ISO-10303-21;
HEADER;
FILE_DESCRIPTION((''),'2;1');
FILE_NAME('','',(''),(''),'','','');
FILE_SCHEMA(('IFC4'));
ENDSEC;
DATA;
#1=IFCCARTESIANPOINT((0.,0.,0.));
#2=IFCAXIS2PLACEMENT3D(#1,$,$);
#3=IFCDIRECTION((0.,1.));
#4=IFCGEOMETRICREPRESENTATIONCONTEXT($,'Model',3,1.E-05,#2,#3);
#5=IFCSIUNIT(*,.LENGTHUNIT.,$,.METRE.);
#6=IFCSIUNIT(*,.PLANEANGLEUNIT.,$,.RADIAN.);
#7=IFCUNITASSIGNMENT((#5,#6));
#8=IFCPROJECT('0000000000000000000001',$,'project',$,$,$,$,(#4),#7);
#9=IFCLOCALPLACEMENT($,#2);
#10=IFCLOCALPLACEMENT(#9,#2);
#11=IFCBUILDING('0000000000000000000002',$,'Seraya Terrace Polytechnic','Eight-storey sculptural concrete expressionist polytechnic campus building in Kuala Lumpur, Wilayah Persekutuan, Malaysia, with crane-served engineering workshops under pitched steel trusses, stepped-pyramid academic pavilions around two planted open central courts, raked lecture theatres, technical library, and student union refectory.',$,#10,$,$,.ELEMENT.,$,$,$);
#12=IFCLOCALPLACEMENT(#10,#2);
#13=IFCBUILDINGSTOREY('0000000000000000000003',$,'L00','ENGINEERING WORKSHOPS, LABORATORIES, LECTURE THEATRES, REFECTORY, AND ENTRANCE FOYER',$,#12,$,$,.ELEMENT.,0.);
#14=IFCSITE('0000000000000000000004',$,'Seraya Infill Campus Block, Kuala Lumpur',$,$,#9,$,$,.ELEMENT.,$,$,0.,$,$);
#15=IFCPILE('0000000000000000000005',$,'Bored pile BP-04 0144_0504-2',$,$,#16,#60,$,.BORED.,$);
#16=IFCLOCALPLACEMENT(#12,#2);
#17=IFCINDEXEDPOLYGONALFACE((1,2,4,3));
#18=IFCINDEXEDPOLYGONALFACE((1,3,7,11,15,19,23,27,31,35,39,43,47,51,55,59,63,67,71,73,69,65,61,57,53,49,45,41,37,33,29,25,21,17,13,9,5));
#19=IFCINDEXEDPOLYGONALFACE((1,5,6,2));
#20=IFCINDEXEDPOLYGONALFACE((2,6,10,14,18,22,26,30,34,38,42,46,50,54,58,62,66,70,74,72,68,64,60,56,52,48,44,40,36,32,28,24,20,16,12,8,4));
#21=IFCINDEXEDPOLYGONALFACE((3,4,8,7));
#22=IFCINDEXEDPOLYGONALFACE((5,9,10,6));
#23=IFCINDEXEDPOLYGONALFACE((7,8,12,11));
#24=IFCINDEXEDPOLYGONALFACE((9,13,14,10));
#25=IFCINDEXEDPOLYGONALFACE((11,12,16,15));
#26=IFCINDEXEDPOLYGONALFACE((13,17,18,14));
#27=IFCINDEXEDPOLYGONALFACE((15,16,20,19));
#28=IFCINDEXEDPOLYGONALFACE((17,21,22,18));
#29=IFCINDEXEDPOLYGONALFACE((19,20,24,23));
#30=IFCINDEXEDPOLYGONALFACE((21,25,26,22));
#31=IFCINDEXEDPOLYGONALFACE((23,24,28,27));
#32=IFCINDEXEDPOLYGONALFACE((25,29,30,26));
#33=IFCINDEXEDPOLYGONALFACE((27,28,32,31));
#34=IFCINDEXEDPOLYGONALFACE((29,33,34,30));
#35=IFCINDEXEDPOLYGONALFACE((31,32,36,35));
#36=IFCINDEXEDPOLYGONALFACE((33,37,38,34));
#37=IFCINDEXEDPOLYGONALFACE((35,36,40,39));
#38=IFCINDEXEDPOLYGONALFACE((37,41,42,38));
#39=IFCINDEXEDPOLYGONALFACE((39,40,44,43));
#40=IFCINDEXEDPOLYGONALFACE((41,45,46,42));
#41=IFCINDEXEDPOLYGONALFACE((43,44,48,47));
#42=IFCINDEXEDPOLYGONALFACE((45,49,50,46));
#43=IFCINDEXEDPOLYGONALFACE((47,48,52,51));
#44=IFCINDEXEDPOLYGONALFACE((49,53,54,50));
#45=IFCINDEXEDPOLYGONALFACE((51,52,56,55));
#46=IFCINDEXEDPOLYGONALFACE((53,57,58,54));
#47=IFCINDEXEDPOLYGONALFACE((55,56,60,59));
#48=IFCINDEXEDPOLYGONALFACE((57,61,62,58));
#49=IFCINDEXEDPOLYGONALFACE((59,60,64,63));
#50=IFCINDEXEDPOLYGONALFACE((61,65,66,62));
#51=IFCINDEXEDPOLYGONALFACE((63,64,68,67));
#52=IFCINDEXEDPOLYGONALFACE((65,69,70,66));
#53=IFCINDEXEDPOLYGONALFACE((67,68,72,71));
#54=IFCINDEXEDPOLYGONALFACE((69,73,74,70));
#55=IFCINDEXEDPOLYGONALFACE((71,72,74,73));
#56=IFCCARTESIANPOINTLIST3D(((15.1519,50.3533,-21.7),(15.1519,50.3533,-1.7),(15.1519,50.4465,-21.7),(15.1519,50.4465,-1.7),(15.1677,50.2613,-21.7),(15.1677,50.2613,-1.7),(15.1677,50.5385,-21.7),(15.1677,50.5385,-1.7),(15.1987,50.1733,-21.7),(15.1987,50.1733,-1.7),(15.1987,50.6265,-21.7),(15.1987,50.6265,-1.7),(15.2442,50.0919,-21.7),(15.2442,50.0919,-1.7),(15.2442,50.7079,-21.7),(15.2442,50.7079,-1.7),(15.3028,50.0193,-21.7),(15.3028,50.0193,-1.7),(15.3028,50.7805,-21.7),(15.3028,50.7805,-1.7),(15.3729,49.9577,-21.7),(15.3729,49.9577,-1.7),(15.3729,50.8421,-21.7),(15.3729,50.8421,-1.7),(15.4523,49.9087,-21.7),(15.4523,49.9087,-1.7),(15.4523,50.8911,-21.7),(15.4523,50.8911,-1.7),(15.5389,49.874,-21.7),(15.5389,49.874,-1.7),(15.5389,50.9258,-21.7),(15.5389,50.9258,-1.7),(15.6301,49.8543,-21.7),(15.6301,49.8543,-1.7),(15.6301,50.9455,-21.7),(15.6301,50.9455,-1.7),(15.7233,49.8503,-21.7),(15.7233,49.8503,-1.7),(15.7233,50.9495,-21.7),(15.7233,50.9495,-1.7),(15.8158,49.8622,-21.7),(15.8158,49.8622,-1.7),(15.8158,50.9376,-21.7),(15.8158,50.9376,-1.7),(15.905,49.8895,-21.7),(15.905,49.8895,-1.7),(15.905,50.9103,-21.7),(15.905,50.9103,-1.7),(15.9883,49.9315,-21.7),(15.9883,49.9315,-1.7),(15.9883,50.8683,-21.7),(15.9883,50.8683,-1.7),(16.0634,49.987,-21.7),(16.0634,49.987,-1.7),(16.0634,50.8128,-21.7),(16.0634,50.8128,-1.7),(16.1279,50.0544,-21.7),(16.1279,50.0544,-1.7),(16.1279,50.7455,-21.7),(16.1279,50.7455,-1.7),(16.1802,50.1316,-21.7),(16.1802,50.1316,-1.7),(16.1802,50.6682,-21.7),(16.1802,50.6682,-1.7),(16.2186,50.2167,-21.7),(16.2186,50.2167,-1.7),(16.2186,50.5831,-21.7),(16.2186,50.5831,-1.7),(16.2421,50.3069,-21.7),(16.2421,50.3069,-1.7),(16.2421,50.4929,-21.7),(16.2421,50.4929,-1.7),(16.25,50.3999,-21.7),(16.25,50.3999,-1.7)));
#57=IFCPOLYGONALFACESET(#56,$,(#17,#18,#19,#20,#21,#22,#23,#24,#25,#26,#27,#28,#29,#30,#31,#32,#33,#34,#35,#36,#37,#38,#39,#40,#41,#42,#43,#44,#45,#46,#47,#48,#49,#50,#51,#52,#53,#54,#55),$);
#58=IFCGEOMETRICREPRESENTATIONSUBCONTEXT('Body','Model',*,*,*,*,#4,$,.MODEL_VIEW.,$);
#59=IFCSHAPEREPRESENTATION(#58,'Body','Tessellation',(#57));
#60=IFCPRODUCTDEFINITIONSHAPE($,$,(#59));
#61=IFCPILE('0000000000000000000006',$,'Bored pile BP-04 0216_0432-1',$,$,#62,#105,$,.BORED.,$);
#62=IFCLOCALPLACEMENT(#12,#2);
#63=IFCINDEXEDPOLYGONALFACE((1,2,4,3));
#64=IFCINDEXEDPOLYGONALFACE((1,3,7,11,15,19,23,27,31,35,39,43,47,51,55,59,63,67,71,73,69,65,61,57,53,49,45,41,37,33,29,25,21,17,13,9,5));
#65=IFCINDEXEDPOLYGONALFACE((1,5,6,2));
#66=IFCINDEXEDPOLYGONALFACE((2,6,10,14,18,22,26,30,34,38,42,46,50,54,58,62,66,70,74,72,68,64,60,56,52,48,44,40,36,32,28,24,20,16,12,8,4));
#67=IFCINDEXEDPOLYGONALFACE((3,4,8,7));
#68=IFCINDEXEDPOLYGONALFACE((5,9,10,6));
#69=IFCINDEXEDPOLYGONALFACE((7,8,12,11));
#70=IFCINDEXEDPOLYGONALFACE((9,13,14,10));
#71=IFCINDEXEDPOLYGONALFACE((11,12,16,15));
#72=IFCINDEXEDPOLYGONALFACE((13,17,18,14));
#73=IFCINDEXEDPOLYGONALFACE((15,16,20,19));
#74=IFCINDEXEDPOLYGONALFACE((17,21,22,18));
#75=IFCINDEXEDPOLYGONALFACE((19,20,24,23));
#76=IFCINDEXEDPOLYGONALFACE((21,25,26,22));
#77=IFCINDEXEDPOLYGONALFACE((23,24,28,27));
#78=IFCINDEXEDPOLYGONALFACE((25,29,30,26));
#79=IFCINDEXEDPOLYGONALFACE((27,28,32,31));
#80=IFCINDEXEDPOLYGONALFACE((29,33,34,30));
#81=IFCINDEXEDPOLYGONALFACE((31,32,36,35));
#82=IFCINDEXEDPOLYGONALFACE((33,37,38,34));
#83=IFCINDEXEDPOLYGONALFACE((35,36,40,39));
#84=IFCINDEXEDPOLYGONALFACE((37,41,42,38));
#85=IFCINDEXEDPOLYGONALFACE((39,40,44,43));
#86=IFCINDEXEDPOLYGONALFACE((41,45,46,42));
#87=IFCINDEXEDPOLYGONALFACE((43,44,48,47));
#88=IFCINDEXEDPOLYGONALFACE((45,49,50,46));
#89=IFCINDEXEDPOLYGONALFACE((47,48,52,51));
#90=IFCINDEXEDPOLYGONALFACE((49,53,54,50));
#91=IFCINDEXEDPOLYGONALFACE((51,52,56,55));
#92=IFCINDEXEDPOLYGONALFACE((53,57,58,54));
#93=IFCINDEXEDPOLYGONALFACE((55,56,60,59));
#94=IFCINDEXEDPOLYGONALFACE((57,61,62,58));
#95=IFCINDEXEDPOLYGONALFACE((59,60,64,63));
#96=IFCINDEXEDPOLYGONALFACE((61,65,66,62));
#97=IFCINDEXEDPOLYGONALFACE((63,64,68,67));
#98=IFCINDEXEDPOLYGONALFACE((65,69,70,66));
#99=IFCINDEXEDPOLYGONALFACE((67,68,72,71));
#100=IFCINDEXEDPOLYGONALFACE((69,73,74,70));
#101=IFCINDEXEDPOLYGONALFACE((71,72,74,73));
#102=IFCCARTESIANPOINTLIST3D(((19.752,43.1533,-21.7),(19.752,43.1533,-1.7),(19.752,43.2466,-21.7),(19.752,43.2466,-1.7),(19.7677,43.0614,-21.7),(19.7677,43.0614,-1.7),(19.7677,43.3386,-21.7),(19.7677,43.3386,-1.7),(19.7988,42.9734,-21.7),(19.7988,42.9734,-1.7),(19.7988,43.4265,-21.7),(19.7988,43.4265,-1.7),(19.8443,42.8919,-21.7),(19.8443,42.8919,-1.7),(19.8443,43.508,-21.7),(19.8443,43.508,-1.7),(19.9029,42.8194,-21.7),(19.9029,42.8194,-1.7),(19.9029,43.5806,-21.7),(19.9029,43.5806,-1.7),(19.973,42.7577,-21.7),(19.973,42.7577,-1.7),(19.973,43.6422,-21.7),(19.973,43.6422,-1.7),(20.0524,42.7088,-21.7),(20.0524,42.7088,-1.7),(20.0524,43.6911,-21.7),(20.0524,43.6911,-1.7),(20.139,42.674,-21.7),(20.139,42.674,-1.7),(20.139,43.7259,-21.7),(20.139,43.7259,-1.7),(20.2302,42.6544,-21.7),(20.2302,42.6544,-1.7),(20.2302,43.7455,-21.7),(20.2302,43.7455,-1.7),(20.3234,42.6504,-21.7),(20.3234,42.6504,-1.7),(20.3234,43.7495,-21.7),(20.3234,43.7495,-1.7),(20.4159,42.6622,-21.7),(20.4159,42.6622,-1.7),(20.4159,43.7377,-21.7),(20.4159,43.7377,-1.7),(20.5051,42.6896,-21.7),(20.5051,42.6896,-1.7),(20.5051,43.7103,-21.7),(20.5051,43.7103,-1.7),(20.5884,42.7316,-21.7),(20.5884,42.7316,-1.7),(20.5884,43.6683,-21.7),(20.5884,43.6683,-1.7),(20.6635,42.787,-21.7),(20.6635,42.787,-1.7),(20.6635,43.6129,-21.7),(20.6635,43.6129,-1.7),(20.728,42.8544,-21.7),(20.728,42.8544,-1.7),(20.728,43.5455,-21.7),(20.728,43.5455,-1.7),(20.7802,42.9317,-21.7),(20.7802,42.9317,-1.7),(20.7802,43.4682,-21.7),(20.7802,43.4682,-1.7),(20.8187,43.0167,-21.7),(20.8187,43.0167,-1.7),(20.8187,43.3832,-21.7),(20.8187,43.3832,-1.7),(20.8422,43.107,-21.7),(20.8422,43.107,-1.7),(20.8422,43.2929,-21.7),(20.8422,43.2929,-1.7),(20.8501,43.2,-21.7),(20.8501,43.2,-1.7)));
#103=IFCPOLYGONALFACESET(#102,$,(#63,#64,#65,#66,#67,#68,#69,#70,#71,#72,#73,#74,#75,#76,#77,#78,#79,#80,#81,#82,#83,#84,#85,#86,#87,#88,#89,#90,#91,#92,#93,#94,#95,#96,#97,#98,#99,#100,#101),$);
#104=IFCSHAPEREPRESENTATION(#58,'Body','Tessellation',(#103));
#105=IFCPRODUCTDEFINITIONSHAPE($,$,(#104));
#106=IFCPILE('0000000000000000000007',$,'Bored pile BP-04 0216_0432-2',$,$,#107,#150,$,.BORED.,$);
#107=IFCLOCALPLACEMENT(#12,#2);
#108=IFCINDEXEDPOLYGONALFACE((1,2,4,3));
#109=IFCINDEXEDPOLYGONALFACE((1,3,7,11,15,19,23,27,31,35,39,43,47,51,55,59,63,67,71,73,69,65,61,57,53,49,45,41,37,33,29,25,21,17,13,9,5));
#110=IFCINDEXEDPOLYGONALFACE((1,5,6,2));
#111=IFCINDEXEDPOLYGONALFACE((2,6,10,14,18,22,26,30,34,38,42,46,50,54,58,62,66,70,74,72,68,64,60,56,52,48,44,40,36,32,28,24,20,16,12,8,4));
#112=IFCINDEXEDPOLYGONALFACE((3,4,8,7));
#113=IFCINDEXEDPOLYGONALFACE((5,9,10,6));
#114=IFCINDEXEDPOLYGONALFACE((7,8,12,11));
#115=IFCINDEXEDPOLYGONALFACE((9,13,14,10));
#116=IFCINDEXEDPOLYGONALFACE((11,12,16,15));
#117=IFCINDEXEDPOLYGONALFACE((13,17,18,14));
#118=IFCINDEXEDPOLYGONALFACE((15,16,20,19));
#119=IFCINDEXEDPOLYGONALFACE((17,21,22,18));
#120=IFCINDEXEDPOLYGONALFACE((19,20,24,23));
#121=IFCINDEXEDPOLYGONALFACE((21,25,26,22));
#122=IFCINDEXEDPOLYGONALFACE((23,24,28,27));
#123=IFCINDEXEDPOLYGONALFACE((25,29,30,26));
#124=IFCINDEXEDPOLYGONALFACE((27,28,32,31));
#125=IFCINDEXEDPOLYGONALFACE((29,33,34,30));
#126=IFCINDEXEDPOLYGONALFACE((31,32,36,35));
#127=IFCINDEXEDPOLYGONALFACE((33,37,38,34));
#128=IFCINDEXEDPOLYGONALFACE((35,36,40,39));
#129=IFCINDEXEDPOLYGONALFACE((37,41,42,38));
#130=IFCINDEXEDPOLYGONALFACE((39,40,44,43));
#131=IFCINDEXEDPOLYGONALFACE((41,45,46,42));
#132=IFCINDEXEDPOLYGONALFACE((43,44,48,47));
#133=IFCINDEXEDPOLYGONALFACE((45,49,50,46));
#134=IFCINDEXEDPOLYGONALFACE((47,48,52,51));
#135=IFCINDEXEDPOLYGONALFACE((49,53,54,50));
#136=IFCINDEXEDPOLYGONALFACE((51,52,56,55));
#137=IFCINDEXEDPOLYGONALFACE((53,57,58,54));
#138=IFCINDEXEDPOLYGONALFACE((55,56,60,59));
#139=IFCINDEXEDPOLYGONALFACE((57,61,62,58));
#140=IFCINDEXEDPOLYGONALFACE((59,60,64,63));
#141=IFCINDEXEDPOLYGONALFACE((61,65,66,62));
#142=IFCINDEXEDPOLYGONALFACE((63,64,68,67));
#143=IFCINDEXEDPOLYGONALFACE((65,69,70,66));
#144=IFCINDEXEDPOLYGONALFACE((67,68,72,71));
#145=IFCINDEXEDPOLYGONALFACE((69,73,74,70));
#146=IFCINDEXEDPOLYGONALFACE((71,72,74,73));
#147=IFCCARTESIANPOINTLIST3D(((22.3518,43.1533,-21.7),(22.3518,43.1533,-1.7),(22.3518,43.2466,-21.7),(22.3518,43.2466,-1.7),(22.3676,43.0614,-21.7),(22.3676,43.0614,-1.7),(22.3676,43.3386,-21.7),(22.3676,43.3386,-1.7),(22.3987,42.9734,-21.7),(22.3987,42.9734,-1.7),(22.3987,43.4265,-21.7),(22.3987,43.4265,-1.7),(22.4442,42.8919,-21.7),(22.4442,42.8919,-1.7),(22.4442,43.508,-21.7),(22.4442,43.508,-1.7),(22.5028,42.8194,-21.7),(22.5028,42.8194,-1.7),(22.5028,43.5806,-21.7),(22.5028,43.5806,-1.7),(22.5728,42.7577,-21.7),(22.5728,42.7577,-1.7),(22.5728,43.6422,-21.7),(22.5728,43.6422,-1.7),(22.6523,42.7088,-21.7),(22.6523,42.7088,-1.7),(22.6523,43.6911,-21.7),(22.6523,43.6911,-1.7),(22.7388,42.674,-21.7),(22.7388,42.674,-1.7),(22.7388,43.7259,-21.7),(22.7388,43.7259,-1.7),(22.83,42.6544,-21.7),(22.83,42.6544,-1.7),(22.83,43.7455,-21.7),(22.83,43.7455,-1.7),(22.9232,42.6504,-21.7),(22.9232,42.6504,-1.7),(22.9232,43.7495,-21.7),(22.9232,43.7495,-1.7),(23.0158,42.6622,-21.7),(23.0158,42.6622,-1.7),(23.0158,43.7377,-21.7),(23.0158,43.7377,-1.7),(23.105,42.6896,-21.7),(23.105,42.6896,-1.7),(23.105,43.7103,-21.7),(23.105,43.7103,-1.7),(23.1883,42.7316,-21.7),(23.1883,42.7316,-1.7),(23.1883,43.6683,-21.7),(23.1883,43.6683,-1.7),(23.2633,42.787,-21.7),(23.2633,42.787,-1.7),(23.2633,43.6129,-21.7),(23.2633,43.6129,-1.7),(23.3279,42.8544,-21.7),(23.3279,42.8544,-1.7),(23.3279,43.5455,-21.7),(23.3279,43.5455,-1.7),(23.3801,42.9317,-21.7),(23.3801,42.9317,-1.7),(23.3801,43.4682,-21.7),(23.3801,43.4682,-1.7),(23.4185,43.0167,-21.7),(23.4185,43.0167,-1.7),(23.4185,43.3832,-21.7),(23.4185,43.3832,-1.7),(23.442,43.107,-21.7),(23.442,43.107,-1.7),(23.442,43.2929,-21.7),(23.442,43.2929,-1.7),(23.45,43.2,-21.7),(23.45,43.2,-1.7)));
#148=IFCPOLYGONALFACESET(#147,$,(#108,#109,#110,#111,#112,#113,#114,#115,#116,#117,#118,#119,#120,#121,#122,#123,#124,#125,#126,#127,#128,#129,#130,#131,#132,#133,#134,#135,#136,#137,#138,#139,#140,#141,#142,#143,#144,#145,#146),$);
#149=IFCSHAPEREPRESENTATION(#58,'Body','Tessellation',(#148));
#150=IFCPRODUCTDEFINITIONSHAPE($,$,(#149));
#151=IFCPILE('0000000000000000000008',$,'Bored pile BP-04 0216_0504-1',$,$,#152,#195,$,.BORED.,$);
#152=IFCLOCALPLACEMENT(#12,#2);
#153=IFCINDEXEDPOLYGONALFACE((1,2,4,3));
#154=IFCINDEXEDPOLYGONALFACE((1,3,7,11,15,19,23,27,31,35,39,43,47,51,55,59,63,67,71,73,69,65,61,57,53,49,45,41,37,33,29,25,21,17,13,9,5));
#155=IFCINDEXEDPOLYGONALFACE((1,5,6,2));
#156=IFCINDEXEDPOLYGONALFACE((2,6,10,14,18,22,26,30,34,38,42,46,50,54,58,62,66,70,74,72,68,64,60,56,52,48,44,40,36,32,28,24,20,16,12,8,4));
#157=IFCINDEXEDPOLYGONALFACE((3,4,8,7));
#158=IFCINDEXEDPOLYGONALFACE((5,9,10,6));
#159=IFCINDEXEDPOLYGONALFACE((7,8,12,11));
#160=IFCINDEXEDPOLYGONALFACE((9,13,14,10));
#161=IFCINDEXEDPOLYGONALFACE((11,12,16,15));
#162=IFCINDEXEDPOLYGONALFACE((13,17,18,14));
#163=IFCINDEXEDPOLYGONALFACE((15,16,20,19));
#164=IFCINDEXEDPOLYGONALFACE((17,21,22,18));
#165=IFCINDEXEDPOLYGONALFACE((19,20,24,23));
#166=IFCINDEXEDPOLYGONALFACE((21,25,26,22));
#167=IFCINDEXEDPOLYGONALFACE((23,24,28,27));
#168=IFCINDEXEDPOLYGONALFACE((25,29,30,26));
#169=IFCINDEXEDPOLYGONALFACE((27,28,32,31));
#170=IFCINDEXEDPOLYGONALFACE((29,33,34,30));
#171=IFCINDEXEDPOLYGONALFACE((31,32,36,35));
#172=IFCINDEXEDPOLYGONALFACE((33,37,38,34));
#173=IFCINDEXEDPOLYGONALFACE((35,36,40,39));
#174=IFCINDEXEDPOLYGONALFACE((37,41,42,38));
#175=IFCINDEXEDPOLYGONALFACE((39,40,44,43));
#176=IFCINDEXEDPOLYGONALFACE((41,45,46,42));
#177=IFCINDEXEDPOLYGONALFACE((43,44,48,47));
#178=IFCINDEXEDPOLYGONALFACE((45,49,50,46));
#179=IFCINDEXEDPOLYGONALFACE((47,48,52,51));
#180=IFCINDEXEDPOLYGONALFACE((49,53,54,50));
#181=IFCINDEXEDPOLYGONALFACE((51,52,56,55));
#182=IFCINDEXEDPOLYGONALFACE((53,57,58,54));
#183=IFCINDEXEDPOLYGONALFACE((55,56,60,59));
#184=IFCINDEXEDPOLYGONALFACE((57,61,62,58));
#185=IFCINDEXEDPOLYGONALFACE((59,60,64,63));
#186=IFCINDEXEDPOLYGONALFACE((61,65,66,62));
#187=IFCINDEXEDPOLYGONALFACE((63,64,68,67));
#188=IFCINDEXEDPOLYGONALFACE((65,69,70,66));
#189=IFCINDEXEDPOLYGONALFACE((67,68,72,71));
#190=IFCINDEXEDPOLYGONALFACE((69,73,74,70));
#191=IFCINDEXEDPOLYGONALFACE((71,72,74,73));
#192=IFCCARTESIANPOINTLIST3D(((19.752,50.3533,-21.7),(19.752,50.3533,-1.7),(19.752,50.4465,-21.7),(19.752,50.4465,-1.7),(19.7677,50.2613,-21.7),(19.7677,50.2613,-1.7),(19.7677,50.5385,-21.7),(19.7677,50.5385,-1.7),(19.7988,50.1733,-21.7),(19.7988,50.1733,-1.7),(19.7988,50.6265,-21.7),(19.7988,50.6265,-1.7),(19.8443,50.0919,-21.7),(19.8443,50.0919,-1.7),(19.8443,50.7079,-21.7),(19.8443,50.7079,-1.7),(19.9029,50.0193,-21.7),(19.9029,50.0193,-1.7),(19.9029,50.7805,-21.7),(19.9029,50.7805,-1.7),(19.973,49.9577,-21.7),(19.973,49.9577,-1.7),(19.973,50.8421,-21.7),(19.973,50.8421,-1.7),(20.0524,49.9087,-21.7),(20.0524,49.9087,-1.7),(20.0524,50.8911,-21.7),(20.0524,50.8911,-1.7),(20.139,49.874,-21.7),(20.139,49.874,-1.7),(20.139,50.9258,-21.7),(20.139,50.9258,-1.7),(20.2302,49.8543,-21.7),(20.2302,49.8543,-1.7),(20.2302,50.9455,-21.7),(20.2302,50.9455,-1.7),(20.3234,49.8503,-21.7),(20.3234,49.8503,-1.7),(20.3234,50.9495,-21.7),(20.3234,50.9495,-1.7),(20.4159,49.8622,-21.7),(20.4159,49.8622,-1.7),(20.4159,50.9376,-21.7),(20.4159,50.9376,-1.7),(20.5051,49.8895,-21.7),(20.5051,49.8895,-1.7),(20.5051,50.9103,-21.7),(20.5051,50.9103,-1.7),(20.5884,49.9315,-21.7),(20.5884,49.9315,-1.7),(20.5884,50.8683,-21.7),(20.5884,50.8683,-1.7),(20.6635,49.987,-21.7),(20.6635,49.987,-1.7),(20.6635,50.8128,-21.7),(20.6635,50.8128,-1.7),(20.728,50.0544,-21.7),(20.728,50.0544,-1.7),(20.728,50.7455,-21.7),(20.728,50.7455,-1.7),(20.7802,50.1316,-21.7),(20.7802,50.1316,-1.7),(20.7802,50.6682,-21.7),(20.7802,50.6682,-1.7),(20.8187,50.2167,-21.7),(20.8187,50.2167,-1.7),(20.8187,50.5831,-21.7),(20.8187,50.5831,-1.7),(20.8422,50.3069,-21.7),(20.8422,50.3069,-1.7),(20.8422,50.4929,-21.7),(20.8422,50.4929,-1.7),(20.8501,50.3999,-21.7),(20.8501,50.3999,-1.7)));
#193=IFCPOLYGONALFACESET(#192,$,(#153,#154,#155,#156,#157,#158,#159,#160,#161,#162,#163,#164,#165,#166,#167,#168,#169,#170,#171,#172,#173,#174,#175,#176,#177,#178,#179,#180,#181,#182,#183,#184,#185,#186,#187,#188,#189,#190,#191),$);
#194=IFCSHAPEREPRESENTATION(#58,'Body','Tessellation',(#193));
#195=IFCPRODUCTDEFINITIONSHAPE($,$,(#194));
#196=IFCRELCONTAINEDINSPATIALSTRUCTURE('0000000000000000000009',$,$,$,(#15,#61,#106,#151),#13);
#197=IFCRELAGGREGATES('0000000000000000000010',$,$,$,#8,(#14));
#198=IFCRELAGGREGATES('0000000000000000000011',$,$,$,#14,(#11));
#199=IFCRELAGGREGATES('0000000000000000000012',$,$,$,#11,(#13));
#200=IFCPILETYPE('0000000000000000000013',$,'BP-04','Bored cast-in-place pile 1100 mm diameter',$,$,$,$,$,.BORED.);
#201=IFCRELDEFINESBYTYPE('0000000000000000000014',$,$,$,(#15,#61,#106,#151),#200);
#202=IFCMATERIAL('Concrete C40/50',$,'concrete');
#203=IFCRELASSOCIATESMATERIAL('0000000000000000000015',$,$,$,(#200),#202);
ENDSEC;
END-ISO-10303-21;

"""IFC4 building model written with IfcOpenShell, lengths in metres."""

from ifc_helpers import new_model, si_unit, direction, frame, origin, origin_2d, place, context, subcontext, project, spatial, circle, extrude, material, material_profile, profile_set, type_object, element, save


model = new_model("IFC4")

# Units and contexts
model_context = context("Model", 3, precision=1e-05, world=origin(), true_north=direction((0.0, 1.0)))
body_context = subcontext(model_context, "Body", "Model", "MODEL_VIEW")
ifc_project = project(units=[si_unit("LENGTHUNIT", "METRE"), si_unit("PLANEANGLEUNIT", "RADIAN")], contexts=[model_context])

# Site, building, storey
site_placement = place(None, origin())
site = spatial("IfcSite", under=ifc_project, at=site_placement, Name="Seraya Infill Campus Block, Kuala Lumpur", CompositionType="ELEMENT", RefElevation=0.0)
building_placement = place(site_placement, origin())
building = spatial("IfcBuilding", under=site, at=building_placement, Name="Seraya Terrace Polytechnic", Description="Eight-storey sculptural concrete expressionist polytechnic campus building in Kuala Lumpur, Wilayah Persekutuan, Malaysia, with crane-served engineering workshops under pitched steel trusses, stepped-pyramid academic pavilions around two planted open central courts, raked lecture theatres, technical library, and student union refectory.", CompositionType="ELEMENT")
storey_placement = place(building_placement, origin())
storey = spatial("IfcBuildingStorey", under=building, at=storey_placement, Name="L00", Description="ENGINEERING WORKSHOPS, LABORATORIES, LECTURE THEATRES, REFECTORY, AND ENTRANCE FOYER", CompositionType="ELEMENT", Elevation=0.0)

# Piles
ifc_material_1 = material(Name="Concrete C40/50", Category="concrete")
ifc_material_profile_1 = material_profile(ifc_material_1, circle(Radius=0.55, at=origin_2d()), Name="DIA 1100")
ifc_profile_set_1 = profile_set([ifc_material_profile_1], Name="Concrete C40/50")
pile_type = type_object("IfcPileType", Name="BP-04", Description="Bored cast-in-place pile 1100 mm diameter", PredefinedType="BORED", material=ifc_profile_set_1)
for number, where, z_axis, x_axis, name in (
    (1, (15.7, 50.3999, -1.7), (0.0, 0.0, -1.0), (1.0, 0.0, 0.0), "Bored pile BP-04 0144_0504-2"),
    (2, (20.3, 43.2, -1.7), (0.0, 0.0, -1.0), (1.0, 0.0, 0.0), "Bored pile BP-04 0216_0432-1"),
    (3, (22.8999, 43.2, -1.7), (0.0, 0.0, -1.0), (1.0, 0.0, 0.0), "Bored pile BP-04 0216_0432-2"),
    (4, (20.3, 50.3999, -1.7), (0.0, 0.0, -1.0), (1.0, 0.0, 0.0), "Bored pile BP-04 0216_0504-1"),
):
    element("IfcPile", number, at=place(storey_placement, frame(where, z_axis=z_axis, x_axis=x_axis)), inside=storey, type_object=pile_type, Name=name, PredefinedType="BORED", context=body_context, shape_type="SweptSolid", body=[
        extrude(circle(Radius=0.55, at=origin_2d()), origin(), (0.0, 0.0, 1.0), 20.0),
    ])

save(model, "model.ifc")
